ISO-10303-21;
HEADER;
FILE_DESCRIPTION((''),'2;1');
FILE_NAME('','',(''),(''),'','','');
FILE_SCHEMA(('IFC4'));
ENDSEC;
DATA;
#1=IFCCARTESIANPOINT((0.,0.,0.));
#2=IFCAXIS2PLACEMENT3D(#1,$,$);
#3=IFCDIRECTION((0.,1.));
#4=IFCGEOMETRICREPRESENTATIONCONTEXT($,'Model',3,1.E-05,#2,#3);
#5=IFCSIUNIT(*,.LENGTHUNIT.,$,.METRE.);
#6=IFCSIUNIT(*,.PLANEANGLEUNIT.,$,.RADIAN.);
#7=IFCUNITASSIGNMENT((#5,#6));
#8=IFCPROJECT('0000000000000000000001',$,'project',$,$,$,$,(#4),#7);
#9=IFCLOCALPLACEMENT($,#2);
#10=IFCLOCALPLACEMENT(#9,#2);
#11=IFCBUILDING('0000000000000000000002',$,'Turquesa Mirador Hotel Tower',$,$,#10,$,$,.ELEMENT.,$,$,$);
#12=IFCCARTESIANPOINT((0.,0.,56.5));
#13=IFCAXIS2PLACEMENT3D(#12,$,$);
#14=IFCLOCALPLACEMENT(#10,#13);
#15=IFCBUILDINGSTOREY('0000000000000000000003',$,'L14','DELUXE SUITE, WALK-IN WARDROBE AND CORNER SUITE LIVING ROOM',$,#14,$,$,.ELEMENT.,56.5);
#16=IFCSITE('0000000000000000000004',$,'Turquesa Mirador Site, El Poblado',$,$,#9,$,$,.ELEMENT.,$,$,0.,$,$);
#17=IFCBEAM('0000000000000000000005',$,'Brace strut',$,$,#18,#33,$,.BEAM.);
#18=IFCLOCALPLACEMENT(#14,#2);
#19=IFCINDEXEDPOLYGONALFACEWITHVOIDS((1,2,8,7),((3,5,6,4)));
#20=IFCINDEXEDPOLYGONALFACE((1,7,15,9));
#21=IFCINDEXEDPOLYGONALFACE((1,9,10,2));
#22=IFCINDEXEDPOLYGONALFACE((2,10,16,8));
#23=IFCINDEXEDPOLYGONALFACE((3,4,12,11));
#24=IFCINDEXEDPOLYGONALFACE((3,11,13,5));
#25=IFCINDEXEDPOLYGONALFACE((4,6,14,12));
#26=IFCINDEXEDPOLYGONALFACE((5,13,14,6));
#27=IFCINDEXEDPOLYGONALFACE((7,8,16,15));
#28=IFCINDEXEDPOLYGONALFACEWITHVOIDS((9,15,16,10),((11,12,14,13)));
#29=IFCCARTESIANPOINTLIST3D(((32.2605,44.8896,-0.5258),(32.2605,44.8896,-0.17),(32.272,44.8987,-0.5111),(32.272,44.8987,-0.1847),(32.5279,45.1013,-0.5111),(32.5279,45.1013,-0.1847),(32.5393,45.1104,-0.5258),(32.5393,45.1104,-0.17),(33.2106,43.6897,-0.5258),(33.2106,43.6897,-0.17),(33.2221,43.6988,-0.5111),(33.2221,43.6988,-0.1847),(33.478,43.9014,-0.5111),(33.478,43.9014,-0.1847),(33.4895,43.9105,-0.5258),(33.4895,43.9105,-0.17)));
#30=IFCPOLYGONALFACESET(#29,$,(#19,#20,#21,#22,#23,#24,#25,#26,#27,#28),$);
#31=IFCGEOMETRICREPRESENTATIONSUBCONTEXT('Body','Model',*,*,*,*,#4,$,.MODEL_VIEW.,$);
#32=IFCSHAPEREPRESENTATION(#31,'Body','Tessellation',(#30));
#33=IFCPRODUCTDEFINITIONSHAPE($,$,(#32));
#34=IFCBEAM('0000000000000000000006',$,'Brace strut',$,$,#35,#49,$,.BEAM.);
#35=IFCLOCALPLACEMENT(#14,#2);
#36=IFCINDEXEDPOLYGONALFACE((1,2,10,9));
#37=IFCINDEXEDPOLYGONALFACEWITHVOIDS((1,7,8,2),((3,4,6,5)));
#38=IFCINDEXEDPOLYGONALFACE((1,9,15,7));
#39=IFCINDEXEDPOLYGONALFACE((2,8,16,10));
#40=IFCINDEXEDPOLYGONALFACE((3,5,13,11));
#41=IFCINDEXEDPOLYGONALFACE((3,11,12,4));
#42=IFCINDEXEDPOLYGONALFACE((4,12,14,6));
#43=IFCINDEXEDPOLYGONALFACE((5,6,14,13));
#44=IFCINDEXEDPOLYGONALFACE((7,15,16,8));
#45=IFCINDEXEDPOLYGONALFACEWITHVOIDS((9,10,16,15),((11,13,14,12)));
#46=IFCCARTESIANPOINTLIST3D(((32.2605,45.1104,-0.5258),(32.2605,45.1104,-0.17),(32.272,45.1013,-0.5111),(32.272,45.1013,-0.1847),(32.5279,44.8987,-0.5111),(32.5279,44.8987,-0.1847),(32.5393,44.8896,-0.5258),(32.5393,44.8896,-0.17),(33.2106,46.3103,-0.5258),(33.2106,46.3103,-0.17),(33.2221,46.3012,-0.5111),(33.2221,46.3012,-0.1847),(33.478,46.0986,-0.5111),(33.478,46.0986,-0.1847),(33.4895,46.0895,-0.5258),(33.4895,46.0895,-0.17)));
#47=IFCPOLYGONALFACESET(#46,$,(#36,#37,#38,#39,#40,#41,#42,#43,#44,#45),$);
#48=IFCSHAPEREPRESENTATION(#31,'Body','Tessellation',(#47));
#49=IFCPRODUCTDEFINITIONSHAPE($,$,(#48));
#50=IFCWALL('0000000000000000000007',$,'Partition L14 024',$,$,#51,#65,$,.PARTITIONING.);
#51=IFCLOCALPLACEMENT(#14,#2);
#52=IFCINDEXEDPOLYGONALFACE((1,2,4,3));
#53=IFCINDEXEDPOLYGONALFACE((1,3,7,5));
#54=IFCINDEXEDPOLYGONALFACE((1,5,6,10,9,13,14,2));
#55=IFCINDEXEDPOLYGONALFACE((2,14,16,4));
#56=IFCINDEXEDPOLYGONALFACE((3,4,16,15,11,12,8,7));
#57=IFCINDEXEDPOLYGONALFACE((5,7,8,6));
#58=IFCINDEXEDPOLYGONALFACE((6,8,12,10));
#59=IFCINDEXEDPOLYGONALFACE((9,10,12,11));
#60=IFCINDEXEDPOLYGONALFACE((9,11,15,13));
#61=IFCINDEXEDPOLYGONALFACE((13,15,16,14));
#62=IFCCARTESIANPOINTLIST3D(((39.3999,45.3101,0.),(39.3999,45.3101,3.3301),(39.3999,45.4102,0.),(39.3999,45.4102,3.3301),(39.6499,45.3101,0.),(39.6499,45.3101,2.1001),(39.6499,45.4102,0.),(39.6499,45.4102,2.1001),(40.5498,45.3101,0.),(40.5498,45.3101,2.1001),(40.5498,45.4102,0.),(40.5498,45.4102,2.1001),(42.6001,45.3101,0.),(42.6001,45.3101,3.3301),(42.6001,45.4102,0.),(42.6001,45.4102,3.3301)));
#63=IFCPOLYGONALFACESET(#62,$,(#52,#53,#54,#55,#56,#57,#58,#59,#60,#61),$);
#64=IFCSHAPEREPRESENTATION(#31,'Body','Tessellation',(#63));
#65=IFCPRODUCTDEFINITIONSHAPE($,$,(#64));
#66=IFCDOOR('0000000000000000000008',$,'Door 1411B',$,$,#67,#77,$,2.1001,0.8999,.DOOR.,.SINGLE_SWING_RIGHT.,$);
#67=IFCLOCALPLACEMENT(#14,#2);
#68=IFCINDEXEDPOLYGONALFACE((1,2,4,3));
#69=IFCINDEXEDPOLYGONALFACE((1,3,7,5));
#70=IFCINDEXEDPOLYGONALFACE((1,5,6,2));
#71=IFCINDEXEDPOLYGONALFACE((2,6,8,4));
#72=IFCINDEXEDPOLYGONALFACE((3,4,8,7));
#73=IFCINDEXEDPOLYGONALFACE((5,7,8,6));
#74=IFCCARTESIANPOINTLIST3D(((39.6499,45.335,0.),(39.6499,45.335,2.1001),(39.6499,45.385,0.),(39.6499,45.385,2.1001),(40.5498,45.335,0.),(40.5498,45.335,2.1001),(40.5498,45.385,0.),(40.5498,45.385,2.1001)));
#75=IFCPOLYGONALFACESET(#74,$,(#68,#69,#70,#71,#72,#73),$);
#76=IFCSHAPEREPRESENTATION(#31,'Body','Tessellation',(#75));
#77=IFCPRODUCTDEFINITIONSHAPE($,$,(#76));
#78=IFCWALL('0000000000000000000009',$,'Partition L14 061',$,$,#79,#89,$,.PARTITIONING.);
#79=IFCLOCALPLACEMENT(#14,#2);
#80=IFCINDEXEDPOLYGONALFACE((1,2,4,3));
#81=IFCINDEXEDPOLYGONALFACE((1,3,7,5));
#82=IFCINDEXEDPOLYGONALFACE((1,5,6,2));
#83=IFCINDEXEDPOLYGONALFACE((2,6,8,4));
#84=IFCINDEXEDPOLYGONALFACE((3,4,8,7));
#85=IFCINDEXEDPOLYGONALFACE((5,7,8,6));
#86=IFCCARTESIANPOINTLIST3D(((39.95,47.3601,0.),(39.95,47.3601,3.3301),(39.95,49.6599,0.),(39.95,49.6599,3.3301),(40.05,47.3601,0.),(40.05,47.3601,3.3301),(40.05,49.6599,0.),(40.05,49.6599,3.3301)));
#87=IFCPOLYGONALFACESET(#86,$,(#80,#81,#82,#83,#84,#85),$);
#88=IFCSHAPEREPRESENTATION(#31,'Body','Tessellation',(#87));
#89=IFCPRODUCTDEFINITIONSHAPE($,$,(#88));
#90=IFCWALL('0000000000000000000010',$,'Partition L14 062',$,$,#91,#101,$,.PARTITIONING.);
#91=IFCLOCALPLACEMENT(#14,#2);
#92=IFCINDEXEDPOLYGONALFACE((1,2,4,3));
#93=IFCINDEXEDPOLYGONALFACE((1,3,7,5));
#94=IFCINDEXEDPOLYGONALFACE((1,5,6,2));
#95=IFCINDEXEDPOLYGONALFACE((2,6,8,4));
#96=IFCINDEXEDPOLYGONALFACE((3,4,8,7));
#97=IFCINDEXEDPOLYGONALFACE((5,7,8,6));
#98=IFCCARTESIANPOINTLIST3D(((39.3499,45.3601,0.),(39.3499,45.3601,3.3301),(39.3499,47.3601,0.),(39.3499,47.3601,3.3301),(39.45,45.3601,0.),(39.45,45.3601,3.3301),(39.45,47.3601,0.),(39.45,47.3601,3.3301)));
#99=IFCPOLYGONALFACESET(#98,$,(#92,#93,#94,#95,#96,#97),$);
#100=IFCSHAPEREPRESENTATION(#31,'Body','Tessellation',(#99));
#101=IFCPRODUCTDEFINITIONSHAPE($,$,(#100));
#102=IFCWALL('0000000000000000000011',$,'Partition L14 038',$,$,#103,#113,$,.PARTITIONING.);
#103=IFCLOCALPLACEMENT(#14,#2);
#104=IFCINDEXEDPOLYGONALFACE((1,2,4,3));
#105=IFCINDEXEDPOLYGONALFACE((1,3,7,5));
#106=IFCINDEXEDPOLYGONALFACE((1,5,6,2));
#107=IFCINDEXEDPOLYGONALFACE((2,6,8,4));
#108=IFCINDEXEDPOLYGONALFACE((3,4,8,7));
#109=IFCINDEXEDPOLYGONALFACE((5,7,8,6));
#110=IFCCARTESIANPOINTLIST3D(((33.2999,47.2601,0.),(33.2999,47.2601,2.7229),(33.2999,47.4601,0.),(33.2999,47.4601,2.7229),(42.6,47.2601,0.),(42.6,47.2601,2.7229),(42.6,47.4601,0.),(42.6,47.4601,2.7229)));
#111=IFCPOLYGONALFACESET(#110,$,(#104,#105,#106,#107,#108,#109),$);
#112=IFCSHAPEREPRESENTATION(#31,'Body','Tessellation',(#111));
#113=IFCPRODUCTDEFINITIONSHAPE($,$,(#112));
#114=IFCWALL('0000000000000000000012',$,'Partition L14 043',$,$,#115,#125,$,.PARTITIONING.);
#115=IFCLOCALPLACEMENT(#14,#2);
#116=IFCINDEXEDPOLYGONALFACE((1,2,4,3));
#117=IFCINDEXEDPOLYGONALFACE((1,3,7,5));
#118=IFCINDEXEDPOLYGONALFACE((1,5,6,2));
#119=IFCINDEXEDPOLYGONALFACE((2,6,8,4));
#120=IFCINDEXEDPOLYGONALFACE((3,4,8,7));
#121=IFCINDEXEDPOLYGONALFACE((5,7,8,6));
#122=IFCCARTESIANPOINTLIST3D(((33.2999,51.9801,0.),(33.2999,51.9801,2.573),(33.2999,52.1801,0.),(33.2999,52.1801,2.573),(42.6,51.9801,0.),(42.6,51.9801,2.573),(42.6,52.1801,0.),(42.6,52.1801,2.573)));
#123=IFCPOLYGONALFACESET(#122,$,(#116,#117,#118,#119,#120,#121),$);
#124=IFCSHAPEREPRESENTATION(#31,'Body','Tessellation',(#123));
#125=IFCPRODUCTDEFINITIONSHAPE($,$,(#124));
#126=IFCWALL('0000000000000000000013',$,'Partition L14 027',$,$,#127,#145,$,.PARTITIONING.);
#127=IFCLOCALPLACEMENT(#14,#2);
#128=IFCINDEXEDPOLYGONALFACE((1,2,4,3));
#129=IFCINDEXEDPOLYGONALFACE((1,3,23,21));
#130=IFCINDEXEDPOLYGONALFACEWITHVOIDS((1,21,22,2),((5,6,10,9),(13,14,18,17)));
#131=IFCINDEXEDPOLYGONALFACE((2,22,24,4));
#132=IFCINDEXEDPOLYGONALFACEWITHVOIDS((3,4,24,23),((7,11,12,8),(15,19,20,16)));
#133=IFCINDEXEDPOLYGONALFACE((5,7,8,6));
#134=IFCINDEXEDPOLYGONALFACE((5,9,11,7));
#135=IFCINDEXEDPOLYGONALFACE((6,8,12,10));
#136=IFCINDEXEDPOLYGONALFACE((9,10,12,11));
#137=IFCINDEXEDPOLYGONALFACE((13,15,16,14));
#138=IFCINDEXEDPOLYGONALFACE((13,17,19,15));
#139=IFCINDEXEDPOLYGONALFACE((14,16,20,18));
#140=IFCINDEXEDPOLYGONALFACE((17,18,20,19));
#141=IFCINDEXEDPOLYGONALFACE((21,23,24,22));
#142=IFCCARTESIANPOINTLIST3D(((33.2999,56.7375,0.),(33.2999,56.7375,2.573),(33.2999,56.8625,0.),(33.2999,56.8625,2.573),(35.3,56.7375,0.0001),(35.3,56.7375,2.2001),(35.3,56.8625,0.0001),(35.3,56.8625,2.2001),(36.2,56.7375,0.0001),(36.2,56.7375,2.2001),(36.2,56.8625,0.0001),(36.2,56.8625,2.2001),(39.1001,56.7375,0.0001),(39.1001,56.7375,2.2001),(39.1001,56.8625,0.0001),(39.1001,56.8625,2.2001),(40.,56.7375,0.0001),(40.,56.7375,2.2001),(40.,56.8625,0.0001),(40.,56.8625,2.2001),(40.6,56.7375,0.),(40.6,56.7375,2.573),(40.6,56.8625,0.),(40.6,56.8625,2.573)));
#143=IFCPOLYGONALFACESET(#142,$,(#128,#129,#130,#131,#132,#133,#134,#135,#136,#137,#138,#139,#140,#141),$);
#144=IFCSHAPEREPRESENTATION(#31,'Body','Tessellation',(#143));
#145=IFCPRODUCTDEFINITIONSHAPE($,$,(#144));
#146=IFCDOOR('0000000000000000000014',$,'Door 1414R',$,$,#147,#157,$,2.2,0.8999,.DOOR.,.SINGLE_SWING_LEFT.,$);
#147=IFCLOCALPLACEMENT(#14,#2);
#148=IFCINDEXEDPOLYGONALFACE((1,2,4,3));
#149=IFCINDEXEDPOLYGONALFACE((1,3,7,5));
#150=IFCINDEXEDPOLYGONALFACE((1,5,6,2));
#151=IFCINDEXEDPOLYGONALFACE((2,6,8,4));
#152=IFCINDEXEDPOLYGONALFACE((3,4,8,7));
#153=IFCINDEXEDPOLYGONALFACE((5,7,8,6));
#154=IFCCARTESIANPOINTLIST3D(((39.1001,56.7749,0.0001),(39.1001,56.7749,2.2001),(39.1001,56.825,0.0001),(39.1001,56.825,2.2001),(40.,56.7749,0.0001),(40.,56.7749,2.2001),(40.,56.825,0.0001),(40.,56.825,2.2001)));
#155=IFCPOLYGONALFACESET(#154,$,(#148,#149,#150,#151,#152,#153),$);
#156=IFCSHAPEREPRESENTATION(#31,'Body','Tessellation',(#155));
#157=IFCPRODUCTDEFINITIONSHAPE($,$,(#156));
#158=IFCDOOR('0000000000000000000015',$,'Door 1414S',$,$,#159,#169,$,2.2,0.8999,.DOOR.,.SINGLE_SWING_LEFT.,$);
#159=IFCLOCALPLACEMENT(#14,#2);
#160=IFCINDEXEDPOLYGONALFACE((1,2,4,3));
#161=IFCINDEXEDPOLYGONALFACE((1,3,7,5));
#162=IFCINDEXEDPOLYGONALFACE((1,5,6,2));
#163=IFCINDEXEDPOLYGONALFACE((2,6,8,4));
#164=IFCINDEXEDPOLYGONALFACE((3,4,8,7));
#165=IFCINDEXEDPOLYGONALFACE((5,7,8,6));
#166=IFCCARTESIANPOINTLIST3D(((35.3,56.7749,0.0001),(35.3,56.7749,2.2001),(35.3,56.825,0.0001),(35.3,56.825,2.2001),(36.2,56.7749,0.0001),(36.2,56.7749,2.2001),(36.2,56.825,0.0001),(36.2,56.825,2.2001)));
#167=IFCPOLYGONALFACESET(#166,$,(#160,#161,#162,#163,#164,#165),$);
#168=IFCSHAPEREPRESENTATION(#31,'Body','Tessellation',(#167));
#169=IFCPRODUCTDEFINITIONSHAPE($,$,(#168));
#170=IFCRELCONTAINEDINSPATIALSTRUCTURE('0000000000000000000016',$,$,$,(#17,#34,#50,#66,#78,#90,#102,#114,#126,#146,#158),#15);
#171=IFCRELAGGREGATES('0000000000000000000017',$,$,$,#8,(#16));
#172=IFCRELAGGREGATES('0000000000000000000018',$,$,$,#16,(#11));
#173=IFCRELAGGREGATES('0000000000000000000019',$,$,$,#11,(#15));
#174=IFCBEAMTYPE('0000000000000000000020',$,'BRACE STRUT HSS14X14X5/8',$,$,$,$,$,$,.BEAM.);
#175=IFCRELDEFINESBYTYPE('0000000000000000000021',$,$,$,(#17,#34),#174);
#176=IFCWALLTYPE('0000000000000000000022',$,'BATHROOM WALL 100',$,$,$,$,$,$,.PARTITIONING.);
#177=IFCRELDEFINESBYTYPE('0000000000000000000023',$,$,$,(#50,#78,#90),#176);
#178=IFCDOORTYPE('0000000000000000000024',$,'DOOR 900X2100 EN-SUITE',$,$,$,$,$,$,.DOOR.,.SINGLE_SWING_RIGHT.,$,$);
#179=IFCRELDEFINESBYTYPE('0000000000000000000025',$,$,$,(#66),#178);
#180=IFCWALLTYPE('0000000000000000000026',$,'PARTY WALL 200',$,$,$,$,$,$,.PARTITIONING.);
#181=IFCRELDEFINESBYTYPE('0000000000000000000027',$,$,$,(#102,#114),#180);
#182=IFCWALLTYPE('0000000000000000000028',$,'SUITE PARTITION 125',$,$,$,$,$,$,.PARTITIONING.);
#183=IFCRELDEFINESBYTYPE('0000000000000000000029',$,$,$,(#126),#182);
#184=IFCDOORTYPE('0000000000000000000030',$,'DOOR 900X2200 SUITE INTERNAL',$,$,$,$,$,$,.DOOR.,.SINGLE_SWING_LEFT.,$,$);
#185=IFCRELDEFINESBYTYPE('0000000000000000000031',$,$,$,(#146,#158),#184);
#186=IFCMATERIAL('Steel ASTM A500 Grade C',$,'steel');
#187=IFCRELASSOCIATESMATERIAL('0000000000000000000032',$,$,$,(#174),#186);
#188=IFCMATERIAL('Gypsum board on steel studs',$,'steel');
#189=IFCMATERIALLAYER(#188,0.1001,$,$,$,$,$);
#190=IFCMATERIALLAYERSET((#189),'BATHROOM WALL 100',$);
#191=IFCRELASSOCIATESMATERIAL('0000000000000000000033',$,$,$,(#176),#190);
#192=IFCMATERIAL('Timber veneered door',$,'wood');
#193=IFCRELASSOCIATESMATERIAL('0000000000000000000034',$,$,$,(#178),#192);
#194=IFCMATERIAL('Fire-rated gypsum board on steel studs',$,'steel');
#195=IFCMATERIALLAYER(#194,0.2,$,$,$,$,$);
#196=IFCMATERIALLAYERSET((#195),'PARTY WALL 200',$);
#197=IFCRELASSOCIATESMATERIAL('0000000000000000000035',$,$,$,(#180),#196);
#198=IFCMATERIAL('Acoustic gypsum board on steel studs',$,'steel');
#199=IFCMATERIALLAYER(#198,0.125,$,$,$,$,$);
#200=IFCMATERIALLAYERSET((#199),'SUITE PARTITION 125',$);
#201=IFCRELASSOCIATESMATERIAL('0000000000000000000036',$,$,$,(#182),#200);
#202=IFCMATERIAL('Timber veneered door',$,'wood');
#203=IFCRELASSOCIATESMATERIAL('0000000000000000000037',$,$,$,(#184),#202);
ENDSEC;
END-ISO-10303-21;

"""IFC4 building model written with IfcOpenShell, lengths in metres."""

from ifc_helpers import new_model, si_unit, direction, frame, frame_2d, origin, origin_2d, place, context, subcontext, project, spatial, rectangle, hollow_rectangle, extrude, material, layer, layer_set, material_profile, profile_set, type_object, element, fill, save


model = new_model("IFC4")

# Units and contexts
model_context = context("Model", 3, precision=1e-05, world=origin(), true_north=direction((0.0, 1.0)))
body_context = subcontext(model_context, "Body", "Model", "MODEL_VIEW")
ifc_project = project(units=[si_unit("LENGTHUNIT", "METRE"), si_unit("PLANEANGLEUNIT", "RADIAN")], contexts=[model_context])

# Site, building, storey
site_placement = place(None, origin())
site = spatial("IfcSite", under=ifc_project, at=site_placement, Name="Turquesa Mirador Site, El Poblado", CompositionType="ELEMENT", RefElevation=0.0)
building_placement = place(site_placement, origin())
building = spatial("IfcBuilding", under=site, at=building_placement, Name="Turquesa Mirador Hotel Tower", CompositionType="ELEMENT")
storey_placement = place(building_placement, frame((0.0, 0.0, 56.5)))
storey = spatial("IfcBuildingStorey", under=building, at=storey_placement, Name="L14", Description="DELUXE SUITE, WALK-IN WARDROBE AND CORNER SUITE LIVING ROOM", CompositionType="ELEMENT", Elevation=56.5)

# Beams
ifc_material_1 = material(Name="Steel ASTM A500 Grade C", Category="steel")
ifc_material_profile_1 = material_profile(ifc_material_1, hollow_rectangle(XDim=0.3557, YDim=0.3557, WallThickness=0.0146, at=origin_2d()), Name="HSS14X14X5/8")
ifc_profile_set_1 = profile_set([ifc_material_profile_1], Name="Steel ASTM A500 Grade C")
beam_type_1 = type_object("IfcBeamType", Name="BRACE STRUT HSS14X14X5/8", PredefinedType="BEAM", material=ifc_profile_set_1)
for number, where, z_axis, x_axis, name in (
    (1, (32.3999, 45.0, -0.3479), (0.620797, -0.783971, 0.0), (0.783971, 0.620797, 0.0), "Brace strut"),
    (2, (32.3999, 45.0, -0.3479), (0.620797, 0.783971, 0.0), (-0.783971, 0.620797, 0.0), "Brace strut"),
):
    element("IfcBeam", number, at=place(storey_placement, frame(where, z_axis=z_axis, x_axis=x_axis)), inside=storey, type_object=beam_type_1, Name=name, PredefinedType="BEAM", context=body_context, shape_type="SweptSolid", body=[
        extrude(hollow_rectangle(XDim=0.3557, YDim=0.3557, WallThickness=0.0146, at=origin_2d()), origin(), (0.0, 0.0, 1.0), 1.5305),
    ])

# Wall, opening, door
ifc_material_2 = material(Name="Gypsum board on steel studs", Category="steel")
ifc_layer_1 = layer(ifc_material_2, 0.1001)
ifc_layer_set_1 = layer_set([ifc_layer_1], Name="BATHROOM WALL 100")
wall_type_1 = type_object("IfcWallType", Name="BATHROOM WALL 100", PredefinedType="PARTITIONING", material=ifc_layer_set_1)
wall_1_placement = place(storey_placement, frame((39.3999, 45.3601, 0.0), z_axis=(0.0, 0.0, 1.0), x_axis=(1.0, 0.0, 0.0)))
wall_1 = element("IfcWall", 3, at=wall_1_placement, inside=storey, type_object=wall_type_1, Name="Partition L14 024", PredefinedType="PARTITIONING", context=body_context, shape_type="SweptSolid", body=[
    extrude(rectangle(XDim=3.2002, YDim=0.1001, at=frame_2d((1.6001, 0.0))), origin(), (0.0, 0.0, 1.0), 3.3301),
])
opening_1_placement = place(wall_1_placement, frame((0.25, 0.0, 0.0)))
opening_1 = element("IfcOpeningElement", 4, at=opening_1_placement, cuts=wall_1, PredefinedType="OPENING", context=body_context, shape_type="SweptSolid", body=[
    extrude(rectangle(XDim=0.8999, YDim=2.1001, at=frame_2d((0.45, 1.05))), frame((0.0, 0.0601, 0.0), z_axis=(0.0, -1.0, 0.0), x_axis=(1.0, 0.0, 0.0)), (0.0, 0.0, 1.0), 0.1201),
])
ifc_material_3 = material(Name="Timber veneered door", Category="wood")
door_type_1 = type_object("IfcDoorType", Name="DOOR 900X2100 EN-SUITE", OperationType="SINGLE_SWING_RIGHT", PredefinedType="DOOR", material=ifc_material_3)
door_1_placement = place(opening_1_placement, origin())
door_1 = element("IfcDoor", 5, at=door_1_placement, inside=storey, type_object=door_type_1, Name="Door 1411B", OperationType="SINGLE_SWING_RIGHT", OverallHeight=2.1001, OverallWidth=0.8999, PredefinedType="DOOR", context=body_context, shape_type="SweptSolid", body=[
    extrude(rectangle(XDim=0.8999, YDim=2.1001, at=frame_2d((0.45, 1.05))), frame((0.0, 0.0249, 0.0), z_axis=(0.0, -1.0, 0.0), x_axis=(1.0, 0.0, 0.0)), (0.0, 0.0, 1.0), 0.05),
])
fill(opening_1, door_1)

# Walls
wall_2_placement = place(storey_placement, frame((40.0, 47.3601, 0.0), z_axis=(0.0, 0.0, 1.0), x_axis=(0.0, 1.0, 0.0)))
element("IfcWall", 6, at=wall_2_placement, inside=storey, type_object=wall_type_1, Name="Partition L14 061", PredefinedType="PARTITIONING", context=body_context, shape_type="SweptSolid", body=[
    extrude(rectangle(XDim=2.2998, YDim=0.1001, at=frame_2d((1.1499, 0.0))), origin(), (0.0, 0.0, 1.0), 3.3301),
])
wall_3_placement = place(storey_placement, frame((39.3999, 45.3601, 0.0), z_axis=(0.0, 0.0, 1.0), x_axis=(0.0, 1.0, 0.0)))
element("IfcWall", 7, at=wall_3_placement, inside=storey, type_object=wall_type_1, Name="Partition L14 062", PredefinedType="PARTITIONING", context=body_context, shape_type="SweptSolid", body=[
    extrude(rectangle(XDim=2.0, YDim=0.1001, at=frame_2d((1.0, 0.0))), origin(), (0.0, 0.0, 1.0), 3.3301),
])
ifc_material_4 = material(Name="Fire-rated gypsum board on steel studs", Category="steel")
ifc_layer_2 = layer(ifc_material_4, 0.2)
ifc_layer_set_2 = layer_set([ifc_layer_2], Name="PARTY WALL 200")
wall_type_2 = type_object("IfcWallType", Name="PARTY WALL 200", PredefinedType="PARTITIONING", material=ifc_layer_set_2)
wall_4_placement = place(storey_placement, frame((33.3, 47.3601, 0.0), z_axis=(0.0, 0.0, 1.0), x_axis=(1.0, 0.0, 0.0)))
element("IfcWall", 8, at=wall_4_placement, inside=storey, type_object=wall_type_2, Name="Partition L14 038", PredefinedType="PARTITIONING", context=body_context, shape_type="SweptSolid", body=[
    extrude(rectangle(XDim=9.3, YDim=0.2, at=frame_2d((4.6499, 0.0))), origin(), (0.0, 0.0, 1.0), 2.7229),
])
wall_5_placement = place(storey_placement, frame((33.3, 52.0801, 0.0), z_axis=(0.0, 0.0, 1.0), x_axis=(1.0, 0.0, 0.0)))
element("IfcWall", 9, at=wall_5_placement, inside=storey, type_object=wall_type_2, Name="Partition L14 043", PredefinedType="PARTITIONING", context=body_context, shape_type="SweptSolid", body=[
    extrude(rectangle(XDim=9.3, YDim=0.2, at=frame_2d((4.6499, 0.0))), origin(), (0.0, 0.0, 1.0), 2.573),
])

# Wall, openings, doors
ifc_material_5 = material(Name="Acoustic gypsum board on steel studs", Category="steel")
ifc_layer_3 = layer(ifc_material_5, 0.125)
ifc_layer_set_3 = layer_set([ifc_layer_3], Name="SUITE PARTITION 125")
wall_type_3 = type_object("IfcWallType", Name="SUITE PARTITION 125", PredefinedType="PARTITIONING", material=ifc_layer_set_3)
wall_6_placement = place(storey_placement, frame((33.3, 56.8, 0.0), z_axis=(0.0, 0.0, 1.0), x_axis=(1.0, 0.0, 0.0)))
wall_6 = element("IfcWall", 10, at=wall_6_placement, inside=storey, type_object=wall_type_3, Name="Partition L14 027", PredefinedType="PARTITIONING", context=body_context, shape_type="SweptSolid", body=[
    extrude(rectangle(XDim=7.3, YDim=0.125, at=frame_2d((3.6499, 0.0))), origin(), (0.0, 0.0, 1.0), 2.573),
])
opening_2_placement = place(wall_6_placement, frame((5.8, 0.0, 0.0)))
opening_2 = element("IfcOpeningElement", 11, at=opening_2_placement, cuts=wall_6, PredefinedType="OPENING", context=body_context, shape_type="SweptSolid", body=[
    extrude(rectangle(XDim=0.8999, YDim=2.2, at=frame_2d((0.45, 1.1001))), frame((0.0, 0.0725, 0.0), z_axis=(0.0, -1.0, 0.0), x_axis=(1.0, 0.0, 0.0)), (0.0, 0.0, 1.0), 0.145),
])
opening_3_placement = place(wall_6_placement, frame((2.0, 0.0, 0.0)))
opening_3 = element("IfcOpeningElement", 12, at=opening_3_placement, cuts=wall_6, PredefinedType="OPENING", context=body_context, shape_type="SweptSolid", body=[
    extrude(rectangle(XDim=0.8999, YDim=2.2, at=frame_2d((0.45, 1.1001))), frame((0.0, 0.0725, 0.0), z_axis=(0.0, -1.0, 0.0), x_axis=(1.0, 0.0, 0.0)), (0.0, 0.0, 1.0), 0.145),
])
ifc_material_6 = material(Name="Timber veneered door", Category="wood")
door_type_2 = type_object("IfcDoorType", Name="DOOR 900X2200 SUITE INTERNAL", OperationType="SINGLE_SWING_LEFT", PredefinedType="DOOR", material=ifc_material_6)
door_2_placement = place(opening_2_placement, origin())
door_2 = element("IfcDoor", 13, at=door_2_placement, inside=storey, type_object=door_type_2, Name="Door 1414R", OperationType="SINGLE_SWING_LEFT", OverallHeight=2.2, OverallWidth=0.8999, PredefinedType="DOOR", context=body_context, shape_type="SweptSolid", body=[
    extrude(rectangle(XDim=0.8999, YDim=2.2, at=frame_2d((0.45, 1.1001))), frame((0.0, 0.0249, 0.0), z_axis=(0.0, -1.0, 0.0), x_axis=(1.0, 0.0, 0.0)), (0.0, 0.0, 1.0), 0.05),
])
fill(opening_2, door_2)
door_3_placement = place(opening_3_placement, origin())
door_3 = element("IfcDoor", 14, at=door_3_placement, inside=storey, type_object=door_type_2, Name="Door 1414S", OperationType="SINGLE_SWING_LEFT", OverallHeight=2.2, OverallWidth=0.8999, PredefinedType="DOOR", context=body_context, shape_type="SweptSolid", body=[
    extrude(rectangle(XDim=0.8999, YDim=2.2, at=frame_2d((0.45, 1.1001))), frame((0.0, 0.0249, 0.0), z_axis=(0.0, -1.0, 0.0), x_axis=(1.0, 0.0, 0.0)), (0.0, 0.0, 1.0), 0.05),
])
fill(opening_3, door_3)

save(model, "model.ifc")
